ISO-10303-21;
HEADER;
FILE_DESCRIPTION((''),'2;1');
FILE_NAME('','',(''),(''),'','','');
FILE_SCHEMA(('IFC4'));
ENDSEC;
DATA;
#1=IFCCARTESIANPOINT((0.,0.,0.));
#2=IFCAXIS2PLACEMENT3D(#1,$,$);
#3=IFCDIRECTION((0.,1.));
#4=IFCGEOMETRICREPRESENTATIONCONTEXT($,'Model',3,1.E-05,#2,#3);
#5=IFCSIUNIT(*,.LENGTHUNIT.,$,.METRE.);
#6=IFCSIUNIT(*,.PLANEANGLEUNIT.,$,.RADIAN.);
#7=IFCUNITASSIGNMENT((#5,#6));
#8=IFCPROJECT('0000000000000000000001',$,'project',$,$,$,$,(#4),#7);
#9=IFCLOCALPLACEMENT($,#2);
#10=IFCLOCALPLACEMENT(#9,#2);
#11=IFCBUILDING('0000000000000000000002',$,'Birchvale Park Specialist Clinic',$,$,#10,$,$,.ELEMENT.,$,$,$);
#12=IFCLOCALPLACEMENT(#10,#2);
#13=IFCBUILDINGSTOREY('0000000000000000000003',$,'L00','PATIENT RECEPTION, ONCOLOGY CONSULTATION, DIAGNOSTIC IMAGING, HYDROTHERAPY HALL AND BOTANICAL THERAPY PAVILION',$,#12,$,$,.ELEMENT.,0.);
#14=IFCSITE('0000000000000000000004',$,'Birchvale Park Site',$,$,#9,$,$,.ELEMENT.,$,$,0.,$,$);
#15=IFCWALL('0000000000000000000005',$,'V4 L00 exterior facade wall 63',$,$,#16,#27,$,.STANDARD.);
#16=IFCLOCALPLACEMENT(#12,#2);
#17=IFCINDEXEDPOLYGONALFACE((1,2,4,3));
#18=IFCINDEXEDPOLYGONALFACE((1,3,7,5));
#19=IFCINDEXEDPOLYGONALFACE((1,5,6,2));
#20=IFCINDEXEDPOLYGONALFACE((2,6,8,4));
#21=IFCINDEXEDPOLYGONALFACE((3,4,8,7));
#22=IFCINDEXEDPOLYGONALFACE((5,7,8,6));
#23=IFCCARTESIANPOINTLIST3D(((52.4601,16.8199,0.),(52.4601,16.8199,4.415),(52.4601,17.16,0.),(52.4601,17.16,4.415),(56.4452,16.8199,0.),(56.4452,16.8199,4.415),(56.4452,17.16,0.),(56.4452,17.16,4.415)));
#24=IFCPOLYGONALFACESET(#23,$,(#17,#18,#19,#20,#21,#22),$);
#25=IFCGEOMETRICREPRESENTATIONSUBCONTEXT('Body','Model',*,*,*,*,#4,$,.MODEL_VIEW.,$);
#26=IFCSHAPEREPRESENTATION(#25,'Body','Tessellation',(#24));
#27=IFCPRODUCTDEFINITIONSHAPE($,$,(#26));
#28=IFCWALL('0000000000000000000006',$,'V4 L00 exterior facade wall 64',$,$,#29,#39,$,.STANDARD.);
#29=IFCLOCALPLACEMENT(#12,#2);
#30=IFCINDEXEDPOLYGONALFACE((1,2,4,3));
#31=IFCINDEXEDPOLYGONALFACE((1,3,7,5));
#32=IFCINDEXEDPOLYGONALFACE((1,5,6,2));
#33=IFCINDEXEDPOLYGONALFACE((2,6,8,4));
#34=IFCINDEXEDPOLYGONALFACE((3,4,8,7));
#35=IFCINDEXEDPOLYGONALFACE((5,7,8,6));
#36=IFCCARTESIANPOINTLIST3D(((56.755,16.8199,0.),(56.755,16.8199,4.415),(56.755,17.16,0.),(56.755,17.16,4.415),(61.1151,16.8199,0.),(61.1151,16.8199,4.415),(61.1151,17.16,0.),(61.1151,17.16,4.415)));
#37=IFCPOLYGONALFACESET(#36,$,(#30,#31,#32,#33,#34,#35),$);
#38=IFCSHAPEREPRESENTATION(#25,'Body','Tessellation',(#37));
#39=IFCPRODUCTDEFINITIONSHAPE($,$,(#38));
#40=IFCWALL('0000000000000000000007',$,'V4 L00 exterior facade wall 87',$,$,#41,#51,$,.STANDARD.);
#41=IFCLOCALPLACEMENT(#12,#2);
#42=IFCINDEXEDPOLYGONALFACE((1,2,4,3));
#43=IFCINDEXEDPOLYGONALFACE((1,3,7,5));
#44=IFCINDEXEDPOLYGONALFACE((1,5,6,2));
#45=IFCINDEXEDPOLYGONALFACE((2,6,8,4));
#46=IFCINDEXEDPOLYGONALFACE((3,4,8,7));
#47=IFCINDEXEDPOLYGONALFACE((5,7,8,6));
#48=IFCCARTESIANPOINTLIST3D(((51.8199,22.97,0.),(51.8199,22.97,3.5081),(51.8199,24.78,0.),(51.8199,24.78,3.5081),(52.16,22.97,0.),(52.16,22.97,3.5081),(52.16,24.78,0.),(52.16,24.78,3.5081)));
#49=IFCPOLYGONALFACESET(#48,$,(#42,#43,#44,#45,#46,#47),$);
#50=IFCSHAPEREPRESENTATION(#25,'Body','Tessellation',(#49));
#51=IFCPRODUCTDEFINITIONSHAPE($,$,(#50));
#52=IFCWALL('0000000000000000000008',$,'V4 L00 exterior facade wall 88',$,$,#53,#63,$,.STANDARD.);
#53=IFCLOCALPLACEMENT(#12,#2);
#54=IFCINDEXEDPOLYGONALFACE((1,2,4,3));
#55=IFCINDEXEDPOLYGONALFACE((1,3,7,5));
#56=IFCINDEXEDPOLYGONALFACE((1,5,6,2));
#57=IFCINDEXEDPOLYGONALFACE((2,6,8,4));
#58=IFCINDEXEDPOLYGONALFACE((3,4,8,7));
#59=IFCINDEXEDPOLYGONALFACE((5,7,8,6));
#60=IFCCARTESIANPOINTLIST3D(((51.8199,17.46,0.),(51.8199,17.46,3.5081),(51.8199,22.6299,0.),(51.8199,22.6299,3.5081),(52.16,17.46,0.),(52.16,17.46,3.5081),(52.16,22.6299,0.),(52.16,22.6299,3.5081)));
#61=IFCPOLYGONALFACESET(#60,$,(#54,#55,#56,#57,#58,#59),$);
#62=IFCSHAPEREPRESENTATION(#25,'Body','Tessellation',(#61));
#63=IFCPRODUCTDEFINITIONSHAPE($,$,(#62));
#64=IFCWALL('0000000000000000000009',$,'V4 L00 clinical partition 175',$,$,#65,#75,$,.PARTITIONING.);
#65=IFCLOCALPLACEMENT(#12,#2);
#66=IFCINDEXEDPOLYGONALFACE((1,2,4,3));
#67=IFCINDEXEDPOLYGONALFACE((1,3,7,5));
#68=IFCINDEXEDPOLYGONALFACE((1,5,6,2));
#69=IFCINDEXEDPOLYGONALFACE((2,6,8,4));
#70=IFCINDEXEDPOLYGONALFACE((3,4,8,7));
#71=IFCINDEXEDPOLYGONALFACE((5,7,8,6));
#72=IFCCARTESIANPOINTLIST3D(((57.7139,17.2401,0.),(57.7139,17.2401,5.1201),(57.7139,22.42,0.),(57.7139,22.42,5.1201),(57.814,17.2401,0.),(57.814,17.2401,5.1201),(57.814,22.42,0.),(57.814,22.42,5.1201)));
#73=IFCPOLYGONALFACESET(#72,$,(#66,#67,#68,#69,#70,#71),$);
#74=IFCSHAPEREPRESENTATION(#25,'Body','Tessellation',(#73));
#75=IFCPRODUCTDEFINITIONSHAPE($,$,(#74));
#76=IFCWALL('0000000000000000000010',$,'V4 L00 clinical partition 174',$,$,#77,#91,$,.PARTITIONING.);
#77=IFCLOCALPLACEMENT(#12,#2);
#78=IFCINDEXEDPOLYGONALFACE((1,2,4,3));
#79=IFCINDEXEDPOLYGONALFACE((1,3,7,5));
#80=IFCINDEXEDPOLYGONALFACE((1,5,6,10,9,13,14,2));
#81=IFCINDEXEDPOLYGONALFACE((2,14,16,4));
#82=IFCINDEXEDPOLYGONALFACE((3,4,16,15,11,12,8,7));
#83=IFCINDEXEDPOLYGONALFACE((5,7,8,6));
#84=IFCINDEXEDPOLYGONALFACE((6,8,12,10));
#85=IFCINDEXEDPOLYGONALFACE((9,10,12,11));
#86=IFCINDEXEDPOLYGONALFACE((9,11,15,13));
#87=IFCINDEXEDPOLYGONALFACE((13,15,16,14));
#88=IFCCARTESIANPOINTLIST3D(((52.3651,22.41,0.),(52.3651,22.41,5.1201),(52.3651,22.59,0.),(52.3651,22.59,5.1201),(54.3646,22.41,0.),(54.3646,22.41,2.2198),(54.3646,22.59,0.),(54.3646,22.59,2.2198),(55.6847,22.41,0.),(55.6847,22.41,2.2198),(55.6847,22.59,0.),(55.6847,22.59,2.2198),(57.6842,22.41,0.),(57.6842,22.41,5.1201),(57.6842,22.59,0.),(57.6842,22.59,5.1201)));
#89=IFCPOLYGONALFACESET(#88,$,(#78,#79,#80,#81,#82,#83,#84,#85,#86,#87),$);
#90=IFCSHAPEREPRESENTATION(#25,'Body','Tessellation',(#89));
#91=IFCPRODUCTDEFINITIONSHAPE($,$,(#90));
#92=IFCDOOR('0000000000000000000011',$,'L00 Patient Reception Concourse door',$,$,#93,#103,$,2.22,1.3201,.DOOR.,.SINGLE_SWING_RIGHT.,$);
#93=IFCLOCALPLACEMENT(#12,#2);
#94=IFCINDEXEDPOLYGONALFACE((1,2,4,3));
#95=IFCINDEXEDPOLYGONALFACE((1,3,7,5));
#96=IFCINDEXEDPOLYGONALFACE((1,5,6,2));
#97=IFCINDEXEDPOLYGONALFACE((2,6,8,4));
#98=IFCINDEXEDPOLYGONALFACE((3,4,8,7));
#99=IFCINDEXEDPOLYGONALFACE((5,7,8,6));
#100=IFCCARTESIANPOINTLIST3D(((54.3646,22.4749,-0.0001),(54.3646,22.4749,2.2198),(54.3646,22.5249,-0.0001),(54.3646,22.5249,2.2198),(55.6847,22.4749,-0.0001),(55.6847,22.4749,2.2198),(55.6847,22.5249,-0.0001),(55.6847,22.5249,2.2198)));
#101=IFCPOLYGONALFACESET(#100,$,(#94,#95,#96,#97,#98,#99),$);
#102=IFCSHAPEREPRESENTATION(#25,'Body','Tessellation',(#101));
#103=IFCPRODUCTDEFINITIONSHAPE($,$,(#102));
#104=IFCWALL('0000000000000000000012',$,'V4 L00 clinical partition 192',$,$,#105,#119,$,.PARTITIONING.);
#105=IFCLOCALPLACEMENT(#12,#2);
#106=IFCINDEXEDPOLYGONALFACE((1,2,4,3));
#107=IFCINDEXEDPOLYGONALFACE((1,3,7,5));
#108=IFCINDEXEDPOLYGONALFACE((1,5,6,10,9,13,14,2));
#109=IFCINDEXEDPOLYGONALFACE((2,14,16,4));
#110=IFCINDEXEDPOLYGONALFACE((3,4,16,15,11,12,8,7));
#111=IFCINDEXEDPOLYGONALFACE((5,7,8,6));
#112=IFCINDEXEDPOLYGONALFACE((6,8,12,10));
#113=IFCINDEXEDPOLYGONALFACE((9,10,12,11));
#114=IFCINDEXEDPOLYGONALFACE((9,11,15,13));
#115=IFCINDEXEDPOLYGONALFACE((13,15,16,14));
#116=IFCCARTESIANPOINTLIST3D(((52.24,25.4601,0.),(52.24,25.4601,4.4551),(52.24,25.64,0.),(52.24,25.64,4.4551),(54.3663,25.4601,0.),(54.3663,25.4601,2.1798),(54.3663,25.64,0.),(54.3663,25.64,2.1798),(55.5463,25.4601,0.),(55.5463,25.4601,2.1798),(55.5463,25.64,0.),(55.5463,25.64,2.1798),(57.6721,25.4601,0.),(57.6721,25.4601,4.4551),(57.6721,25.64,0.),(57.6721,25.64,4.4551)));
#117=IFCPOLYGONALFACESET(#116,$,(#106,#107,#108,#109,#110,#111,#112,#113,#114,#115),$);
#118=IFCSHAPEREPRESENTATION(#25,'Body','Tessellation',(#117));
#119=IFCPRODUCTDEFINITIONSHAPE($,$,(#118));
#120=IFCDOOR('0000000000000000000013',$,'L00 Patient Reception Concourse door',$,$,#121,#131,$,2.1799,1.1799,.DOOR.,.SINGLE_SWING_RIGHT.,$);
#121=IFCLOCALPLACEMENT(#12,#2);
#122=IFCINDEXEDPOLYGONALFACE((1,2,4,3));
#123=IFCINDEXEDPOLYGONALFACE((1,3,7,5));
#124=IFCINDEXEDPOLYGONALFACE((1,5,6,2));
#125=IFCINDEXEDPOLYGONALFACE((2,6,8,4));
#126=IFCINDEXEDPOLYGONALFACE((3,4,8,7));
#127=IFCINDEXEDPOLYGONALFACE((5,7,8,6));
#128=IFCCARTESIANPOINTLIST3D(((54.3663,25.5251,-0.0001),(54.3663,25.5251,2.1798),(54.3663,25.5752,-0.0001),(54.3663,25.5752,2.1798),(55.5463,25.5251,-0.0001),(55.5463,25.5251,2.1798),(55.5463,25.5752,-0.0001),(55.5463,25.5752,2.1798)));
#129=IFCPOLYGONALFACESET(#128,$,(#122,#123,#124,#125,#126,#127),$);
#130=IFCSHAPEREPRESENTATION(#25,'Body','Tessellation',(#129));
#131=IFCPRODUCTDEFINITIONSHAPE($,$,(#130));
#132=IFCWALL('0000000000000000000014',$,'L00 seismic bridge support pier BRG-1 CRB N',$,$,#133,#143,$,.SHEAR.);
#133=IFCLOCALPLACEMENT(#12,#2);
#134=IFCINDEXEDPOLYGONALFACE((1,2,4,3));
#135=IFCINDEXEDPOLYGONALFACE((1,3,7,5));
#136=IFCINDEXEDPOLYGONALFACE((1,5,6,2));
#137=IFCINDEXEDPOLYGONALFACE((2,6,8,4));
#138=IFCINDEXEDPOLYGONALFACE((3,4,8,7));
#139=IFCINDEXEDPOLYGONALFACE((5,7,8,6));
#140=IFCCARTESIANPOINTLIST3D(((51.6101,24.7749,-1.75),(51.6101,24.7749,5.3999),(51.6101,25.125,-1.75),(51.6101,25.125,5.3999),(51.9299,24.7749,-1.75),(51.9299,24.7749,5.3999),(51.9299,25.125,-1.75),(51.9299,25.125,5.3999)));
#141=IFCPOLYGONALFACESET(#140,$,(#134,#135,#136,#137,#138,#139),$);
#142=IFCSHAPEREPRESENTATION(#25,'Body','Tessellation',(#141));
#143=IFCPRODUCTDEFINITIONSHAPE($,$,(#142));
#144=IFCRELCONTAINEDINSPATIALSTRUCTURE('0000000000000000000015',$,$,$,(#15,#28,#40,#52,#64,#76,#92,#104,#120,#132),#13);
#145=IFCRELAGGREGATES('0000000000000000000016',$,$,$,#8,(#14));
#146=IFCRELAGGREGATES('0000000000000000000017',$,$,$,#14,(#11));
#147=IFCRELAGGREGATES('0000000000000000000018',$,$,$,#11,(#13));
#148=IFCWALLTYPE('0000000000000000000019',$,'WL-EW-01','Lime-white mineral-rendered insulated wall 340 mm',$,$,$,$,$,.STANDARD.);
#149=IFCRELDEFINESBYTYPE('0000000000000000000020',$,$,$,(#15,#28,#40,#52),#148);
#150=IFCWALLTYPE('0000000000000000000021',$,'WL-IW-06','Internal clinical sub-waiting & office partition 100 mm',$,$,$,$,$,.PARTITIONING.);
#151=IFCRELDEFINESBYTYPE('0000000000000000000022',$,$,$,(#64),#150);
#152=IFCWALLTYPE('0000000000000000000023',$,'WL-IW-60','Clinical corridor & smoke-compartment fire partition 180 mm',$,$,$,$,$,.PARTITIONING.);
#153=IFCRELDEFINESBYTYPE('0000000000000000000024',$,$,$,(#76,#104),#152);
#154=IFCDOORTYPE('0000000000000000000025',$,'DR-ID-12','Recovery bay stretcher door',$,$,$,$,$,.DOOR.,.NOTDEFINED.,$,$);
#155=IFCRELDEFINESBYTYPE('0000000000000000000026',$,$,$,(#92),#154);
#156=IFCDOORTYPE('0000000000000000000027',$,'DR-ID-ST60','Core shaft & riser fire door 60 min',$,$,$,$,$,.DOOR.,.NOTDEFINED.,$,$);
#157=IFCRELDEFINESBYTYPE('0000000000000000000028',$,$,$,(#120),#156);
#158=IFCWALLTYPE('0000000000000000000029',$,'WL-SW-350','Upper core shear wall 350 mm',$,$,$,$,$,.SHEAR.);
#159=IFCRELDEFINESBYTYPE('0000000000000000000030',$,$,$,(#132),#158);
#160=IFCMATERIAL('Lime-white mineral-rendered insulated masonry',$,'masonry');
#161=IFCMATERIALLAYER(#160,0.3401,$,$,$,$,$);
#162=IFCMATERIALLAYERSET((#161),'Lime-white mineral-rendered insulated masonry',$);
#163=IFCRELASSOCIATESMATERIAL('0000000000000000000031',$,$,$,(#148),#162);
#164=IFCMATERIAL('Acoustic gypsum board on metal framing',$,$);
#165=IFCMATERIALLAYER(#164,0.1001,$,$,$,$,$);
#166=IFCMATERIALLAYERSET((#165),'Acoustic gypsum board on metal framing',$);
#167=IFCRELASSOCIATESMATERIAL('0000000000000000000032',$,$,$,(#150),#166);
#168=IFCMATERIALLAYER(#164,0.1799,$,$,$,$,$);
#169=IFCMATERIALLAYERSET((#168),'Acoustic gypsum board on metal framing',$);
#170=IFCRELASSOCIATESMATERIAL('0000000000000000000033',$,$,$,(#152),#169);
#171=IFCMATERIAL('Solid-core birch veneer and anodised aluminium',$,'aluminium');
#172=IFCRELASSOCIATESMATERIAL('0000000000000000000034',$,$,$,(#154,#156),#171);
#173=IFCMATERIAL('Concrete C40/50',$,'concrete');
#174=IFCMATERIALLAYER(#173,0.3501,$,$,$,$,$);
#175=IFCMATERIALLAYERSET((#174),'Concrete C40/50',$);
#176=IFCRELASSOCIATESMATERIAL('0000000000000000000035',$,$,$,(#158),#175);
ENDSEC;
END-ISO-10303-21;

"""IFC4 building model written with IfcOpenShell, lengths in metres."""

from ifc_helpers import new_model, si_unit, direction, frame, frame_2d, origin, place, context, subcontext, project, spatial, rectangle, extrude, material, layer, layer_set, type_object, element, fill, save


model = new_model("IFC4")

# Units and contexts
model_context = context("Model", 3, precision=1e-05, world=origin(), true_north=direction((0.0, 1.0)))
body_context = subcontext(model_context, "Body", "Model", "MODEL_VIEW")
ifc_project = project(units=[si_unit("LENGTHUNIT", "METRE"), si_unit("PLANEANGLEUNIT", "RADIAN")], contexts=[model_context])

# Site, building, storey
site_placement = place(None, origin())
site = spatial("IfcSite", under=ifc_project, at=site_placement, Name="Birchvale Park Site", CompositionType="ELEMENT", RefElevation=0.0)
building_placement = place(site_placement, origin())
building = spatial("IfcBuilding", under=site, at=building_placement, Name="Birchvale Park Specialist Clinic", CompositionType="ELEMENT")
storey_placement = place(building_placement, origin())
storey = spatial("IfcBuildingStorey", under=building, at=storey_placement, Name="L00", Description="PATIENT RECEPTION, ONCOLOGY CONSULTATION, DIAGNOSTIC IMAGING, HYDROTHERAPY HALL AND BOTANICAL THERAPY PAVILION", CompositionType="ELEMENT", Elevation=0.0)

# Shared definitions
ifc_material_1 = material(Name="Concrete C40/50", Category="concrete")

# Walls
ifc_material_2 = material(Name="Lime-white mineral-rendered insulated masonry", Category="masonry")
ifc_layer_1 = layer(ifc_material_2, 0.3401)
ifc_layer_set_1 = layer_set([ifc_layer_1], Name="Lime-white mineral-rendered insulated masonry")
wall_type_1 = type_object("IfcWallType", Name="WL-EW-01", Description="Lime-white mineral-rendered insulated wall 340 mm", PredefinedType="STANDARD", material=ifc_layer_set_1)
wall_1_placement = place(storey_placement, frame((52.46, 16.99, 0.0), z_axis=(0.0, 0.0, 1.0), x_axis=(1.0, 0.0, 0.0)))
element("IfcWall", 1, at=wall_1_placement, inside=storey, type_object=wall_type_1, Name="V4 L00 exterior facade wall 63", PredefinedType="STANDARD", context=body_context, shape_type="SweptSolid", body=[
    extrude(rectangle(XDim=3.9851, YDim=0.3401, at=frame_2d((1.9927, 0.0))), origin(), (0.0, 0.0, 1.0), 4.415),
])
wall_2_placement = place(storey_placement, frame((56.7549, 16.99, 0.0), z_axis=(0.0, 0.0, 1.0), x_axis=(1.0, 0.0, 0.0)))
element("IfcWall", 2, at=wall_2_placement, inside=storey, type_object=wall_type_1, Name="V4 L00 exterior facade wall 64", PredefinedType="STANDARD", context=body_context, shape_type="SweptSolid", body=[
    extrude(rectangle(XDim=4.3601, YDim=0.3401, at=frame_2d((2.1802, 0.0))), origin(), (0.0, 0.0, 1.0), 4.415),
])
wall_3_placement = place(storey_placement, frame((51.99, 24.78, 0.0), z_axis=(0.0, 0.0, 1.0), x_axis=(0.0, -1.0, 0.0)))
element("IfcWall", 3, at=wall_3_placement, inside=storey, type_object=wall_type_1, Name="V4 L00 exterior facade wall 87", PredefinedType="STANDARD", context=body_context, shape_type="SweptSolid", body=[
    extrude(rectangle(XDim=1.8101, YDim=0.3401, at=frame_2d((0.905, 0.0))), origin(), (0.0, 0.0, 1.0), 3.5081),
])
wall_4_placement = place(storey_placement, frame((51.99, 22.6299, 0.0), z_axis=(0.0, 0.0, 1.0), x_axis=(0.0, -1.0, 0.0)))
element("IfcWall", 4, at=wall_4_placement, inside=storey, type_object=wall_type_1, Name="V4 L00 exterior facade wall 88", PredefinedType="STANDARD", context=body_context, shape_type="SweptSolid", body=[
    extrude(rectangle(XDim=5.1699, YDim=0.3401, at=frame_2d((2.585, 0.0))), origin(), (0.0, 0.0, 1.0), 3.5081),
])
ifc_material_3 = material(Name="Acoustic gypsum board on metal framing")
ifc_layer_2 = layer(ifc_material_3, 0.1001)
ifc_layer_set_2 = layer_set([ifc_layer_2], Name="Acoustic gypsum board on metal framing")
wall_type_2 = type_object("IfcWallType", Name="WL-IW-06", Description="Internal clinical sub-waiting & office partition 100 mm", PredefinedType="PARTITIONING", material=ifc_layer_set_2)
wall_5_placement = place(storey_placement, frame((57.7639, 22.4199, 0.0), z_axis=(0.0, 0.0, 1.0), x_axis=(0.0, -1.0, 0.0)))
element("IfcWall", 5, at=wall_5_placement, inside=storey, type_object=wall_type_2, Name="V4 L00 clinical partition 175", PredefinedType="PARTITIONING", context=body_context, shape_type="SweptSolid", body=[
    extrude(rectangle(XDim=5.1799, YDim=0.1001, at=frame_2d((2.5898, 0.0))), origin(), (0.0, 0.0, 1.0), 5.1201),
])

# Walls, openings, doors
ifc_layer_3 = layer(ifc_material_3, 0.1799)
ifc_layer_set_3 = layer_set([ifc_layer_3], Name="Acoustic gypsum board on metal framing")
wall_type_3 = type_object("IfcWallType", Name="WL-IW-60", Description="Clinical corridor & smoke-compartment fire partition 180 mm", PredefinedType="PARTITIONING", material=ifc_layer_set_3)
wall_6_placement = place(storey_placement, frame((52.365, 22.5, 0.0), z_axis=(0.0, 0.0, 1.0), x_axis=(1.0, 0.0, 0.0)))
wall_6 = element("IfcWall", 6, at=wall_6_placement, inside=storey, type_object=wall_type_3, Name="V4 L00 clinical partition 174", PredefinedType="PARTITIONING", context=body_context, shape_type="SweptSolid", body=[
    extrude(rectangle(XDim=5.3191, YDim=0.1799, at=frame_2d((2.6597, 0.0))), origin(), (0.0, 0.0, 1.0), 5.1201),
])
opening_1_placement = place(wall_6_placement, frame((1.9995, 0.0, 0.0)))
opening_1 = element("IfcOpeningElement", 7, at=opening_1_placement, cuts=wall_6, PredefinedType="OPENING", context=body_context, shape_type="SweptSolid", body=[
    extrude(rectangle(XDim=1.3201, YDim=2.22, at=frame_2d((0.6602, 1.1099))), frame((0.0, 0.1001, 0.0), z_axis=(0.0, -1.0, 0.0), x_axis=(1.0, 0.0, 0.0)), (0.0, 0.0, 1.0), 0.2),
])
ifc_material_4 = material(Name="Solid-core birch veneer and anodised aluminium", Category="aluminium")
door_type_1 = type_object("IfcDoorType", Name="DR-ID-12", Description="Recovery bay stretcher door", OperationType="NOTDEFINED", PredefinedType="DOOR", material=ifc_material_4)
door_1_placement = place(opening_1_placement, origin())
door_1 = element("IfcDoor", 8, at=door_1_placement, inside=storey, type_object=door_type_1, Name="L00 Patient Reception Concourse door", OperationType="SINGLE_SWING_RIGHT", OverallHeight=2.22, OverallWidth=1.3201, PredefinedType="DOOR", context=body_context, shape_type="SweptSolid", body=[
    extrude(rectangle(XDim=1.3201, YDim=2.22, at=frame_2d((0.6602, 1.1099))), frame((0.0, 0.0249, 0.0), z_axis=(0.0, -1.0, 0.0), x_axis=(1.0, 0.0, 0.0)), (0.0, 0.0, 1.0), 0.05),
])
fill(opening_1, door_1)
wall_7_placement = place(storey_placement, frame((57.6721, 25.55, 0.0), z_axis=(0.0, 0.0, 1.0), x_axis=(-1.0, 0.0, 0.0)))
wall_7 = element("IfcWall", 9, at=wall_7_placement, inside=storey, type_object=wall_type_3, Name="V4 L00 clinical partition 192", PredefinedType="PARTITIONING", context=body_context, shape_type="SweptSolid", body=[
    extrude(rectangle(XDim=5.4321, YDim=0.1799, at=frame_2d((2.7161, 0.0))), origin(), (0.0, 0.0, 1.0), 4.4551),
])
opening_2_placement = place(wall_7_placement, frame((2.126, 0.0, 0.0)))
opening_2 = element("IfcOpeningElement", 10, at=opening_2_placement, cuts=wall_7, PredefinedType="OPENING", context=body_context, shape_type="SweptSolid", body=[
    extrude(rectangle(XDim=1.1799, YDim=2.1799, at=frame_2d((0.5898, 1.0898))), frame((0.0, 0.1001, 0.0), z_axis=(0.0, -1.0, 0.0), x_axis=(1.0, 0.0, 0.0)), (0.0, 0.0, 1.0), 0.2),
])
door_type_2 = type_object("IfcDoorType", Name="DR-ID-ST60", Description="Core shaft & riser fire door 60 min", OperationType="NOTDEFINED", PredefinedType="DOOR", material=ifc_material_4)
door_2_placement = place(opening_2_placement, origin())
door_2 = element("IfcDoor", 11, at=door_2_placement, inside=storey, type_object=door_type_2, Name="L00 Patient Reception Concourse door", OperationType="SINGLE_SWING_RIGHT", OverallHeight=2.1799, OverallWidth=1.1799, PredefinedType="DOOR", context=body_context, shape_type="SweptSolid", body=[
    extrude(rectangle(XDim=1.1799, YDim=2.1799, at=frame_2d((0.5898, 1.0898))), frame((0.0, 0.0249, 0.0), z_axis=(0.0, -1.0, 0.0), x_axis=(1.0, 0.0, 0.0)), (0.0, 0.0, 1.0), 0.05),
])
fill(opening_2, door_2)

# Wall
ifc_layer_4 = layer(ifc_material_1, 0.3501)
ifc_layer_set_4 = layer_set([ifc_layer_4], Name="Concrete C40/50")
wall_type_4 = type_object("IfcWallType", Name="WL-SW-350", Description="Upper core shear wall 350 mm", PredefinedType="SHEAR", material=ifc_layer_set_4)
wall_8_placement = place(storey_placement, frame((51.6101, 24.95, -1.75), z_axis=(0.0, 0.0, 1.0), x_axis=(1.0, 0.0, 0.0)))
element("IfcWall", 12, at=wall_8_placement, inside=storey, type_object=wall_type_4, Name="L00 seismic bridge support pier BRG-1 CRB N", PredefinedType="SHEAR", context=body_context, shape_type="SweptSolid", body=[
    extrude(rectangle(XDim=0.3198, YDim=0.3501, at=frame_2d((0.1599, 0.0))), origin(), (0.0, 0.0, 1.0), 7.1499),
])

save(model, "model.ifc")
